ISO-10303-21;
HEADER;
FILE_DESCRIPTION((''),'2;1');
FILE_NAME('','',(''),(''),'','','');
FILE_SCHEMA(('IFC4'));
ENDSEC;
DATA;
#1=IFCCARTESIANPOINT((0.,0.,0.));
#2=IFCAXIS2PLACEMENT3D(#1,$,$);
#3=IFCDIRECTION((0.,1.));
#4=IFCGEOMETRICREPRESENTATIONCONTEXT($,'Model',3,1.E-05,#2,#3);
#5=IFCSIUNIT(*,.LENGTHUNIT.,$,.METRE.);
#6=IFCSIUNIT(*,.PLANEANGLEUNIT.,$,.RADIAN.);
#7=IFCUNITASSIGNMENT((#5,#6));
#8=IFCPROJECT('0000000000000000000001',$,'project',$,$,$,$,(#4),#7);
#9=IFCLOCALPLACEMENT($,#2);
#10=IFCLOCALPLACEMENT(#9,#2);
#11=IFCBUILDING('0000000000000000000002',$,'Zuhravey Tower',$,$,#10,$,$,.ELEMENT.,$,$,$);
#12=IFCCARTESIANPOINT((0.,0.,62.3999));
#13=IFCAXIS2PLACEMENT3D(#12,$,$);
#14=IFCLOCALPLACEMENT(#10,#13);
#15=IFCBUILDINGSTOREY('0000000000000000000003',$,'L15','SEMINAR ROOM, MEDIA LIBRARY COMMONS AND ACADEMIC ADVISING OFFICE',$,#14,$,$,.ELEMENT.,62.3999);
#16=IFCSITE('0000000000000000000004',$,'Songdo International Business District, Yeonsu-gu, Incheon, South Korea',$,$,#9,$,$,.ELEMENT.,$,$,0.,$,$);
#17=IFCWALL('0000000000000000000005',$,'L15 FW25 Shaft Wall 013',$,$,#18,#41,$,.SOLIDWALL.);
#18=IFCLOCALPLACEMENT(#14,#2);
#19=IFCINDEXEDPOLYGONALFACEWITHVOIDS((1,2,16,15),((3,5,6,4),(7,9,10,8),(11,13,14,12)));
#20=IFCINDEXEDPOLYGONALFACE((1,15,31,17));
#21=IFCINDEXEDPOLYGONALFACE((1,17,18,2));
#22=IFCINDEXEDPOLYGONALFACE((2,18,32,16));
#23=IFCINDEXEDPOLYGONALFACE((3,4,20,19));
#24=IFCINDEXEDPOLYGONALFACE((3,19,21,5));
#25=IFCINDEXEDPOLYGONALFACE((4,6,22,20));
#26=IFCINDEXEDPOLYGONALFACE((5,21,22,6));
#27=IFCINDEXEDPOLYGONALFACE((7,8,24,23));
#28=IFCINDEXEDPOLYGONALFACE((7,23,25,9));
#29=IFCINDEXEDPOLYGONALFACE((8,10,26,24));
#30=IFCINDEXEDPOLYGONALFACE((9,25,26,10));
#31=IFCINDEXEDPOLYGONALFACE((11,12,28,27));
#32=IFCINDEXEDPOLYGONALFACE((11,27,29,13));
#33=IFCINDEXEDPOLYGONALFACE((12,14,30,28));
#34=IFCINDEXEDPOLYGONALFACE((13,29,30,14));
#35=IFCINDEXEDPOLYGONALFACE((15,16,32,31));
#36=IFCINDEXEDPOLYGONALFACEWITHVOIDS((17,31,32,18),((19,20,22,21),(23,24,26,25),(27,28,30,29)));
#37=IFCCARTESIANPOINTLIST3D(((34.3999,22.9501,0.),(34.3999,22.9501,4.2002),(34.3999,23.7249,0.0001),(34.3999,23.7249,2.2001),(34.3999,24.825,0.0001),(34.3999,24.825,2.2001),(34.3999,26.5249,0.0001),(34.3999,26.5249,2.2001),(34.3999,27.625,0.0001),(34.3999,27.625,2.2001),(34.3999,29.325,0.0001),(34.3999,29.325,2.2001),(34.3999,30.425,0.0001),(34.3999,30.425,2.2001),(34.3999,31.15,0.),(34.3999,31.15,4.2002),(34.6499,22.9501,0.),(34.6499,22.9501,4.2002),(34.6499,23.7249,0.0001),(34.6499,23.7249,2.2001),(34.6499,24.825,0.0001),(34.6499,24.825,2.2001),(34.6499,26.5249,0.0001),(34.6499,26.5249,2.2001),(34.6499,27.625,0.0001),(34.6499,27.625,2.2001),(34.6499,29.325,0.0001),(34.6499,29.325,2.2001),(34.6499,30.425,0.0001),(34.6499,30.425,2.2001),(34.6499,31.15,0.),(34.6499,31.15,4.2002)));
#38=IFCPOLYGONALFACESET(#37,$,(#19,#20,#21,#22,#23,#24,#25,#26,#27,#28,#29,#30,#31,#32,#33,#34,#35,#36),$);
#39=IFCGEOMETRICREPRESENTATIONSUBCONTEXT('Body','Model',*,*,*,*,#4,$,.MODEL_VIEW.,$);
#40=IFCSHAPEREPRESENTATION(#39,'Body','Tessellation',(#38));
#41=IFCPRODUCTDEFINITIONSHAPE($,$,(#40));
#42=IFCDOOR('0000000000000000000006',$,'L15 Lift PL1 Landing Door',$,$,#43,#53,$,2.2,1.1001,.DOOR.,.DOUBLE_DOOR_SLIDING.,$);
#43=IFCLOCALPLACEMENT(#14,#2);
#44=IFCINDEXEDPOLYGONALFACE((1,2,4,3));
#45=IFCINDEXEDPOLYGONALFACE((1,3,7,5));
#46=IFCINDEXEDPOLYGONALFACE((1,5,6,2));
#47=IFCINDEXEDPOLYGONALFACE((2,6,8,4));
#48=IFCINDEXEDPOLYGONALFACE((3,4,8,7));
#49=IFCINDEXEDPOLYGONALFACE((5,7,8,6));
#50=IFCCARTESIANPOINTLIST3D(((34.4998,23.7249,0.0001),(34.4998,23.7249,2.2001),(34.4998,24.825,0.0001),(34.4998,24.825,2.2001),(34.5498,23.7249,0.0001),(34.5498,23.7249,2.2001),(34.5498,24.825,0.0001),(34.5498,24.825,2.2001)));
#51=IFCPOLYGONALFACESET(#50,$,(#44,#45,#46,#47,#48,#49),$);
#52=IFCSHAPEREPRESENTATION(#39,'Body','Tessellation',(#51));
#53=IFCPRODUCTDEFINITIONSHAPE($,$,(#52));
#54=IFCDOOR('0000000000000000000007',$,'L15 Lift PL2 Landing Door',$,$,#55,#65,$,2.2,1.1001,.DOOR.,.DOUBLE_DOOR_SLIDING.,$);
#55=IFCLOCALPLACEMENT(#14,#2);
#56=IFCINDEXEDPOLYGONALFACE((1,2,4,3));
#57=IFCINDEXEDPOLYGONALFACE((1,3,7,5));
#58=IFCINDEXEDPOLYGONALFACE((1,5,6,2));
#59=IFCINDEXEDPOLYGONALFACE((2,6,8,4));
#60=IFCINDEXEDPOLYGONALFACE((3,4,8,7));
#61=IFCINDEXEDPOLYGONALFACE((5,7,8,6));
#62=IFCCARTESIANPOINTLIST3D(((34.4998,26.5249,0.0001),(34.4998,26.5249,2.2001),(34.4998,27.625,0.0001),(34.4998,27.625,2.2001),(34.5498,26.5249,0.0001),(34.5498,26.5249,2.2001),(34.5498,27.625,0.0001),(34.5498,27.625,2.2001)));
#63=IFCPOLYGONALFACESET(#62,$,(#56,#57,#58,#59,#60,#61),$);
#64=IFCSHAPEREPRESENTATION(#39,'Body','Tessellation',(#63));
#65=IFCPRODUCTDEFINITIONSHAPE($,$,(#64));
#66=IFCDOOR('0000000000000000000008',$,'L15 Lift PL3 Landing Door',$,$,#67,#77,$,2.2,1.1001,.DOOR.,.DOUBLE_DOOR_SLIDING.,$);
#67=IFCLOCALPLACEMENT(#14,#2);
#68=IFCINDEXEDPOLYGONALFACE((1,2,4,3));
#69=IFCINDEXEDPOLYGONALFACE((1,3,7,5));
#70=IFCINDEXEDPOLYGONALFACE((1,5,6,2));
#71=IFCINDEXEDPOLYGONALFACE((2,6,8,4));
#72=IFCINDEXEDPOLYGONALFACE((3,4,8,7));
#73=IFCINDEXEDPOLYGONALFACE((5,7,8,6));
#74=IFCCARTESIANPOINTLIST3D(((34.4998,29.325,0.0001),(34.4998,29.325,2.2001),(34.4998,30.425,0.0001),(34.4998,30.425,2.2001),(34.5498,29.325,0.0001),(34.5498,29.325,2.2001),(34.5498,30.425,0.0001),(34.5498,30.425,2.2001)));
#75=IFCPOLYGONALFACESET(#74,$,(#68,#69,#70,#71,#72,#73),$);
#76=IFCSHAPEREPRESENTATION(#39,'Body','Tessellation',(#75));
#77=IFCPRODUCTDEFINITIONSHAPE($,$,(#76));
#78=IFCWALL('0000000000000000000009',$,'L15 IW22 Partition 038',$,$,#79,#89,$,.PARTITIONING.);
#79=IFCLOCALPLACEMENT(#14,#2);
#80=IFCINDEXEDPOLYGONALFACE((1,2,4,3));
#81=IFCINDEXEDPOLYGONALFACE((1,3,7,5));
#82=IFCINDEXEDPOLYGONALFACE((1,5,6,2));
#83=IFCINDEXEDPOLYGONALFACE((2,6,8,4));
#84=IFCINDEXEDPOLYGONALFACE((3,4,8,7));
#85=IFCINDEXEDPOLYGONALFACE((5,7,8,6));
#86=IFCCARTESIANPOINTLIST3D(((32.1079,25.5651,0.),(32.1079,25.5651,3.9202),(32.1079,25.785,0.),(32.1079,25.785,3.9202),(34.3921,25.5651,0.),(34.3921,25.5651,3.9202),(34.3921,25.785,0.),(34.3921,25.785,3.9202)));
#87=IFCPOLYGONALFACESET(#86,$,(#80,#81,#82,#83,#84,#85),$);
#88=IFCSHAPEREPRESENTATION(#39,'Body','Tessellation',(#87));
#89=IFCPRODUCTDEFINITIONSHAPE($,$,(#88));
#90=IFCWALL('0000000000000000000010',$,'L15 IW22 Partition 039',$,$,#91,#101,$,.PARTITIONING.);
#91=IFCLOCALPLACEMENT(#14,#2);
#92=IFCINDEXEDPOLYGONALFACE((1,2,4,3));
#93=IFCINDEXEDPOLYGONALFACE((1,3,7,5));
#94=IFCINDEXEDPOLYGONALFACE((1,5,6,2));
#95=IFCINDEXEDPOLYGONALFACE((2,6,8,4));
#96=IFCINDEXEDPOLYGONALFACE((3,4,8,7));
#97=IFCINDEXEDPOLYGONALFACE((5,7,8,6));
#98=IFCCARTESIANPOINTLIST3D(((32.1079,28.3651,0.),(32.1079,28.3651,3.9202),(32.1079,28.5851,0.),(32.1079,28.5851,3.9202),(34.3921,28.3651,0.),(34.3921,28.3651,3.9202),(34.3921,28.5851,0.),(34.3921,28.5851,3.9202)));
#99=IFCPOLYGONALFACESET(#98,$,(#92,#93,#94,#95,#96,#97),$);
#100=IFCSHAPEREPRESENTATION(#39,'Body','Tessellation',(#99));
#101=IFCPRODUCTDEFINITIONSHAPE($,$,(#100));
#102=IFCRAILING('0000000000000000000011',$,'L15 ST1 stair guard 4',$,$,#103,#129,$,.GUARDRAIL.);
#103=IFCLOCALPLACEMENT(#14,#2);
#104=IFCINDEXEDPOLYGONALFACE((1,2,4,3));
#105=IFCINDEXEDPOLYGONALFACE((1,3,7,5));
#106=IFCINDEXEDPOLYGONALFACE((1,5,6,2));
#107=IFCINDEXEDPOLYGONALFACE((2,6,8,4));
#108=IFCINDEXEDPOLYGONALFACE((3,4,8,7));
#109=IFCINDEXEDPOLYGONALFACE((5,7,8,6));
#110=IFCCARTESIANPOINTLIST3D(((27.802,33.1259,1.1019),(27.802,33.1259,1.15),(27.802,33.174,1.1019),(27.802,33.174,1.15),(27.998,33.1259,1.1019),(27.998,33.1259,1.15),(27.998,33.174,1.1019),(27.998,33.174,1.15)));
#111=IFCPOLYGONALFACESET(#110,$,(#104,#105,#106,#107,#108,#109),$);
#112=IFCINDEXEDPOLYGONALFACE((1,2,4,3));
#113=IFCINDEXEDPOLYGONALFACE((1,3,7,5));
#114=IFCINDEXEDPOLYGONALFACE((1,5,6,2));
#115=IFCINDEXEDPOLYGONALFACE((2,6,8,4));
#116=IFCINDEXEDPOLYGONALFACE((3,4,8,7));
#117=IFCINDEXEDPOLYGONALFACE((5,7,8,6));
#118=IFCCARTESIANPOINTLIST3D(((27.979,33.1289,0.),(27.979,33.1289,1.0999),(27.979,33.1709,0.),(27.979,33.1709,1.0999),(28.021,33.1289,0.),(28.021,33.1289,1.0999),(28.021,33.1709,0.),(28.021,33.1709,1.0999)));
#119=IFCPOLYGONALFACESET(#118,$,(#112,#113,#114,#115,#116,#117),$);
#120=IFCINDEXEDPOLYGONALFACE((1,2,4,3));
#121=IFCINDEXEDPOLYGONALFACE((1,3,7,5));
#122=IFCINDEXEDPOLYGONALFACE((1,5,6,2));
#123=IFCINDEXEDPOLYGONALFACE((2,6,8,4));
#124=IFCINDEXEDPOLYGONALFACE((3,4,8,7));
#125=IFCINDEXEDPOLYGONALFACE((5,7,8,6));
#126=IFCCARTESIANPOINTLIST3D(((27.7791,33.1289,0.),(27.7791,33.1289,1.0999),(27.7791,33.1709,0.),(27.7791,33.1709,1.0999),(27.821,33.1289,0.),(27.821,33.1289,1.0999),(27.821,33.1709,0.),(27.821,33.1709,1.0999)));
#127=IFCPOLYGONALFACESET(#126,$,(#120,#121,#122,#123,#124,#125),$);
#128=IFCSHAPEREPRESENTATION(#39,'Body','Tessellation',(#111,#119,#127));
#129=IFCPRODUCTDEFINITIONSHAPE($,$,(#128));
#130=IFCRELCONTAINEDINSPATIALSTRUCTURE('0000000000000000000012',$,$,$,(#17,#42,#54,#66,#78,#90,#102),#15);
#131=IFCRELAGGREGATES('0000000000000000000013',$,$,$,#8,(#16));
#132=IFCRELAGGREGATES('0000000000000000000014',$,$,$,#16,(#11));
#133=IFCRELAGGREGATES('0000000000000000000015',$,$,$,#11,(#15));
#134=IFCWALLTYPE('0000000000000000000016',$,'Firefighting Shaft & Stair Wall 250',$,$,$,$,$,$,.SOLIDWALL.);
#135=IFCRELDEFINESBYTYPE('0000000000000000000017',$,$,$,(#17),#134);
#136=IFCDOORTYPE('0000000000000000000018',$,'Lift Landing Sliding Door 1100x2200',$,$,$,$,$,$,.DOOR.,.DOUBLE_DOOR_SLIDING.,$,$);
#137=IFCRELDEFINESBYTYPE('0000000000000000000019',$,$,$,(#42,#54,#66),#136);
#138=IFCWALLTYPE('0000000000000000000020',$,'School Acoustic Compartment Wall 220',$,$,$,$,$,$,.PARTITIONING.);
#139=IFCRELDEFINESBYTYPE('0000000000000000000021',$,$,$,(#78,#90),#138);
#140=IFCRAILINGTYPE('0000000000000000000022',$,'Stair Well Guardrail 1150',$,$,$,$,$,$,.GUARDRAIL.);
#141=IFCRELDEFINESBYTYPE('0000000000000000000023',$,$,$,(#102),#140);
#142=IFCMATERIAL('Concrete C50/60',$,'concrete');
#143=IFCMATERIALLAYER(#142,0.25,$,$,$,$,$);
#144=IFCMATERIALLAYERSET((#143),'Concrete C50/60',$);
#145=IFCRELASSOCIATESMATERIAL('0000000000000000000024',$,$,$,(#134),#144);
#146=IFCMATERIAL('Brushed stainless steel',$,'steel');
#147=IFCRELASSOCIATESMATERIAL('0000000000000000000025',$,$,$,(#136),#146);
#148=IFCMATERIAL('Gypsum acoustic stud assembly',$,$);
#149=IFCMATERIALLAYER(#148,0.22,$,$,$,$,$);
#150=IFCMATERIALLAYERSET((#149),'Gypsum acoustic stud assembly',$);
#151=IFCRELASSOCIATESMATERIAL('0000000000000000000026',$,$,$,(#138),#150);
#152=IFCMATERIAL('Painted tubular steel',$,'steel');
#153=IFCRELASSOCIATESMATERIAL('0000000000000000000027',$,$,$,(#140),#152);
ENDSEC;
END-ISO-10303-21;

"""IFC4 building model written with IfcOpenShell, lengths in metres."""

from ifc_helpers import new_model, si_unit, direction, frame, frame_2d, origin, origin_2d, place, context, subcontext, project, spatial, rectangle, extrude, material, layer, layer_set, type_object, element, fill, save


model = new_model("IFC4")

# Units and contexts
model_context = context("Model", 3, precision=1e-05, world=origin(), true_north=direction((0.0, 1.0)))
body_context = subcontext(model_context, "Body", "Model", "MODEL_VIEW")
ifc_project = project(units=[si_unit("LENGTHUNIT", "METRE"), si_unit("PLANEANGLEUNIT", "RADIAN")], contexts=[model_context])

# Site, building, storey
site_placement = place(None, origin())
site = spatial("IfcSite", under=ifc_project, at=site_placement, Name="Songdo International Business District, Yeonsu-gu, Incheon, South Korea", CompositionType="ELEMENT", RefElevation=0.0)
building_placement = place(site_placement, origin())
building = spatial("IfcBuilding", under=site, at=building_placement, Name="Zuhravey Tower", CompositionType="ELEMENT")
storey_placement = place(building_placement, frame((0.0, 0.0, 62.3999)))
storey = spatial("IfcBuildingStorey", under=building, at=storey_placement, Name="L15", Description="SEMINAR ROOM, MEDIA LIBRARY COMMONS AND ACADEMIC ADVISING OFFICE", CompositionType="ELEMENT", Elevation=62.3999)

# Shared definitions
ifc_material_1 = material(Name="Concrete C50/60", Category="concrete")
ifc_layer_1 = layer(ifc_material_1, 0.25)
ifc_layer_set_1 = layer_set([ifc_layer_1], Name="Concrete C50/60")
wall_type_1 = type_object("IfcWallType", Name="Firefighting Shaft & Stair Wall 250", PredefinedType="SOLIDWALL", material=ifc_layer_set_1)

# Shared definitions
ifc_material_2 = material(Name="Brushed stainless steel", Category="steel")

# Wall, openings, doors
wall_1_placement = place(storey_placement, frame((34.5249, 22.95, 0.0), z_axis=(0.0, 0.0, 1.0), x_axis=(0.0, 1.0, 0.0)))
wall_1 = element("IfcWall", 1, at=wall_1_placement, inside=storey, type_object=wall_type_1, Name="L15 FW25 Shaft Wall 013", PredefinedType="SOLIDWALL", context=body_context, shape_type="SweptSolid", body=[
    extrude(rectangle(XDim=8.2, YDim=0.25, at=frame_2d((4.1001, 0.0))), origin(), (0.0, 0.0, 1.0), 4.2002),
])
opening_1_placement = place(wall_1_placement, frame((0.7749, 0.0, 0.0)))
opening_1 = element("IfcOpeningElement", 2, at=opening_1_placement, cuts=wall_1, PredefinedType="OPENING", context=body_context, shape_type="SweptSolid", body=[
    extrude(rectangle(XDim=1.1001, YDim=2.2, at=frame_2d((0.55, 1.1001))), frame((0.0, 0.137, 0.0), z_axis=(0.0, -1.0, 0.0), x_axis=(1.0, 0.0, 0.0)), (0.0, 0.0, 1.0), 0.2739),
])
opening_2_placement = place(wall_1_placement, frame((3.575, 0.0, 0.0)))
opening_2 = element("IfcOpeningElement", 3, at=opening_2_placement, cuts=wall_1, PredefinedType="OPENING", context=body_context, shape_type="SweptSolid", body=[
    extrude(rectangle(XDim=1.1001, YDim=2.2, at=frame_2d((0.55, 1.1001))), frame((0.0, 0.137, 0.0), z_axis=(0.0, -1.0, 0.0), x_axis=(1.0, 0.0, 0.0)), (0.0, 0.0, 1.0), 0.2739),
])
opening_3_placement = place(wall_1_placement, frame((6.375, 0.0, 0.0)))
opening_3 = element("IfcOpeningElement", 4, at=opening_3_placement, cuts=wall_1, PredefinedType="OPENING", context=body_context, shape_type="SweptSolid", body=[
    extrude(rectangle(XDim=1.1001, YDim=2.2, at=frame_2d((0.55, 1.1001))), frame((0.0, 0.137, 0.0), z_axis=(0.0, -1.0, 0.0), x_axis=(1.0, 0.0, 0.0)), (0.0, 0.0, 1.0), 0.2739),
])
door_type_1 = type_object("IfcDoorType", Name="Lift Landing Sliding Door 1100x2200", OperationType="DOUBLE_DOOR_SLIDING", PredefinedType="DOOR", material=ifc_material_2)
door_1_placement = place(opening_1_placement, frame((1.1001, 0.0, 0.0), z_axis=(0.0, 0.0, 1.0), x_axis=(-1.0, 0.0, 0.0)))
door_1 = element("IfcDoor", 5, at=door_1_placement, inside=storey, type_object=door_type_1, Name="L15 Lift PL1 Landing Door", OperationType="DOUBLE_DOOR_SLIDING", OverallHeight=2.2, OverallWidth=1.1001, PredefinedType="DOOR", context=body_context, shape_type="SweptSolid", body=[
    extrude(rectangle(XDim=1.1001, YDim=2.2, at=frame_2d((0.55, 1.1001))), frame((0.0, 0.0249, 0.0), z_axis=(0.0, -1.0, 0.0), x_axis=(1.0, 0.0, 0.0)), (0.0, 0.0, 1.0), 0.05),
])
fill(opening_1, door_1)
door_2_placement = place(opening_2_placement, frame((1.1001, 0.0, 0.0), z_axis=(0.0, 0.0, 1.0), x_axis=(-1.0, 0.0, 0.0)))
door_2 = element("IfcDoor", 6, at=door_2_placement, inside=storey, type_object=door_type_1, Name="L15 Lift PL2 Landing Door", OperationType="DOUBLE_DOOR_SLIDING", OverallHeight=2.2, OverallWidth=1.1001, PredefinedType="DOOR", context=body_context, shape_type="SweptSolid", body=[
    extrude(rectangle(XDim=1.1001, YDim=2.2, at=frame_2d((0.55, 1.1001))), frame((0.0, 0.0249, 0.0), z_axis=(0.0, -1.0, 0.0), x_axis=(1.0, 0.0, 0.0)), (0.0, 0.0, 1.0), 0.05),
])
fill(opening_2, door_2)
door_3_placement = place(opening_3_placement, frame((1.1001, 0.0, 0.0), z_axis=(0.0, 0.0, 1.0), x_axis=(-1.0, 0.0, 0.0)))
door_3 = element("IfcDoor", 7, at=door_3_placement, inside=storey, type_object=door_type_1, Name="L15 Lift PL3 Landing Door", OperationType="DOUBLE_DOOR_SLIDING", OverallHeight=2.2, OverallWidth=1.1001, PredefinedType="DOOR", context=body_context, shape_type="SweptSolid", body=[
    extrude(rectangle(XDim=1.1001, YDim=2.2, at=frame_2d((0.55, 1.1001))), frame((0.0, 0.0249, 0.0), z_axis=(0.0, -1.0, 0.0), x_axis=(1.0, 0.0, 0.0)), (0.0, 0.0, 1.0), 0.05),
])
fill(opening_3, door_3)

# Walls
ifc_material_3 = material(Name="Gypsum acoustic stud assembly")
ifc_layer_2 = layer(ifc_material_3, 0.22)
ifc_layer_set_2 = layer_set([ifc_layer_2], Name="Gypsum acoustic stud assembly")
wall_type_2 = type_object("IfcWallType", Name="School Acoustic Compartment Wall 220", PredefinedType="PARTITIONING", material=ifc_layer_set_2)
for number, where, z_axis, x_axis, name in (
    (8, (32.1079, 25.675, 0.0), (0.0, 0.0, 1.0), (1.0, 0.0, 0.0), "L15 IW22 Partition 038"),
    (9, (32.1079, 28.4751, 0.0), (0.0, 0.0, 1.0), (1.0, 0.0, 0.0), "L15 IW22 Partition 039"),
):
    element("IfcWall", number, at=place(storey_placement, frame(where, z_axis=z_axis, x_axis=x_axis)), inside=storey, type_object=wall_type_2, Name=name, PredefinedType="PARTITIONING", context=body_context, shape_type="SweptSolid", body=[
        extrude(rectangle(XDim=2.2842, YDim=0.22, at=frame_2d((1.1421, 0.0))), origin(), (0.0, 0.0, 1.0), 3.9202),
    ])

# Railing
ifc_material_4 = material(Name="Painted tubular steel", Category="steel")
railing_type = type_object("IfcRailingType", Name="Stair Well Guardrail 1150", PredefinedType="GUARDRAIL", material=ifc_material_4)
railing_placement = place(storey_placement, frame((28.0, 33.1499, 0.0)))
element("IfcRailing", 10, at=railing_placement, inside=storey, type_object=railing_type, Name="L15 ST1 stair guard 4", PredefinedType="GUARDRAIL", context=body_context, shape_type="SweptSolid", body=[
    extrude(rectangle(XDim=0.0481, YDim=0.0481, at=origin_2d()), frame((-0.002, 0.0, 1.126), z_axis=(-1.0, 0.0, 0.0), x_axis=(0.0, -1.0, 0.0)), (0.0, 0.0, 1.0), 0.196),
    extrude(rectangle(XDim=0.042, YDim=0.042, at=origin_2d()), origin(), (0.0, 0.0, 1.0), 1.0999),
    extrude(rectangle(XDim=0.042, YDim=0.042, at=origin_2d()), frame((-0.2, 0.0, 0.0)), (0.0, 0.0, 1.0), 1.0999),
])

save(model, "model.ifc")
